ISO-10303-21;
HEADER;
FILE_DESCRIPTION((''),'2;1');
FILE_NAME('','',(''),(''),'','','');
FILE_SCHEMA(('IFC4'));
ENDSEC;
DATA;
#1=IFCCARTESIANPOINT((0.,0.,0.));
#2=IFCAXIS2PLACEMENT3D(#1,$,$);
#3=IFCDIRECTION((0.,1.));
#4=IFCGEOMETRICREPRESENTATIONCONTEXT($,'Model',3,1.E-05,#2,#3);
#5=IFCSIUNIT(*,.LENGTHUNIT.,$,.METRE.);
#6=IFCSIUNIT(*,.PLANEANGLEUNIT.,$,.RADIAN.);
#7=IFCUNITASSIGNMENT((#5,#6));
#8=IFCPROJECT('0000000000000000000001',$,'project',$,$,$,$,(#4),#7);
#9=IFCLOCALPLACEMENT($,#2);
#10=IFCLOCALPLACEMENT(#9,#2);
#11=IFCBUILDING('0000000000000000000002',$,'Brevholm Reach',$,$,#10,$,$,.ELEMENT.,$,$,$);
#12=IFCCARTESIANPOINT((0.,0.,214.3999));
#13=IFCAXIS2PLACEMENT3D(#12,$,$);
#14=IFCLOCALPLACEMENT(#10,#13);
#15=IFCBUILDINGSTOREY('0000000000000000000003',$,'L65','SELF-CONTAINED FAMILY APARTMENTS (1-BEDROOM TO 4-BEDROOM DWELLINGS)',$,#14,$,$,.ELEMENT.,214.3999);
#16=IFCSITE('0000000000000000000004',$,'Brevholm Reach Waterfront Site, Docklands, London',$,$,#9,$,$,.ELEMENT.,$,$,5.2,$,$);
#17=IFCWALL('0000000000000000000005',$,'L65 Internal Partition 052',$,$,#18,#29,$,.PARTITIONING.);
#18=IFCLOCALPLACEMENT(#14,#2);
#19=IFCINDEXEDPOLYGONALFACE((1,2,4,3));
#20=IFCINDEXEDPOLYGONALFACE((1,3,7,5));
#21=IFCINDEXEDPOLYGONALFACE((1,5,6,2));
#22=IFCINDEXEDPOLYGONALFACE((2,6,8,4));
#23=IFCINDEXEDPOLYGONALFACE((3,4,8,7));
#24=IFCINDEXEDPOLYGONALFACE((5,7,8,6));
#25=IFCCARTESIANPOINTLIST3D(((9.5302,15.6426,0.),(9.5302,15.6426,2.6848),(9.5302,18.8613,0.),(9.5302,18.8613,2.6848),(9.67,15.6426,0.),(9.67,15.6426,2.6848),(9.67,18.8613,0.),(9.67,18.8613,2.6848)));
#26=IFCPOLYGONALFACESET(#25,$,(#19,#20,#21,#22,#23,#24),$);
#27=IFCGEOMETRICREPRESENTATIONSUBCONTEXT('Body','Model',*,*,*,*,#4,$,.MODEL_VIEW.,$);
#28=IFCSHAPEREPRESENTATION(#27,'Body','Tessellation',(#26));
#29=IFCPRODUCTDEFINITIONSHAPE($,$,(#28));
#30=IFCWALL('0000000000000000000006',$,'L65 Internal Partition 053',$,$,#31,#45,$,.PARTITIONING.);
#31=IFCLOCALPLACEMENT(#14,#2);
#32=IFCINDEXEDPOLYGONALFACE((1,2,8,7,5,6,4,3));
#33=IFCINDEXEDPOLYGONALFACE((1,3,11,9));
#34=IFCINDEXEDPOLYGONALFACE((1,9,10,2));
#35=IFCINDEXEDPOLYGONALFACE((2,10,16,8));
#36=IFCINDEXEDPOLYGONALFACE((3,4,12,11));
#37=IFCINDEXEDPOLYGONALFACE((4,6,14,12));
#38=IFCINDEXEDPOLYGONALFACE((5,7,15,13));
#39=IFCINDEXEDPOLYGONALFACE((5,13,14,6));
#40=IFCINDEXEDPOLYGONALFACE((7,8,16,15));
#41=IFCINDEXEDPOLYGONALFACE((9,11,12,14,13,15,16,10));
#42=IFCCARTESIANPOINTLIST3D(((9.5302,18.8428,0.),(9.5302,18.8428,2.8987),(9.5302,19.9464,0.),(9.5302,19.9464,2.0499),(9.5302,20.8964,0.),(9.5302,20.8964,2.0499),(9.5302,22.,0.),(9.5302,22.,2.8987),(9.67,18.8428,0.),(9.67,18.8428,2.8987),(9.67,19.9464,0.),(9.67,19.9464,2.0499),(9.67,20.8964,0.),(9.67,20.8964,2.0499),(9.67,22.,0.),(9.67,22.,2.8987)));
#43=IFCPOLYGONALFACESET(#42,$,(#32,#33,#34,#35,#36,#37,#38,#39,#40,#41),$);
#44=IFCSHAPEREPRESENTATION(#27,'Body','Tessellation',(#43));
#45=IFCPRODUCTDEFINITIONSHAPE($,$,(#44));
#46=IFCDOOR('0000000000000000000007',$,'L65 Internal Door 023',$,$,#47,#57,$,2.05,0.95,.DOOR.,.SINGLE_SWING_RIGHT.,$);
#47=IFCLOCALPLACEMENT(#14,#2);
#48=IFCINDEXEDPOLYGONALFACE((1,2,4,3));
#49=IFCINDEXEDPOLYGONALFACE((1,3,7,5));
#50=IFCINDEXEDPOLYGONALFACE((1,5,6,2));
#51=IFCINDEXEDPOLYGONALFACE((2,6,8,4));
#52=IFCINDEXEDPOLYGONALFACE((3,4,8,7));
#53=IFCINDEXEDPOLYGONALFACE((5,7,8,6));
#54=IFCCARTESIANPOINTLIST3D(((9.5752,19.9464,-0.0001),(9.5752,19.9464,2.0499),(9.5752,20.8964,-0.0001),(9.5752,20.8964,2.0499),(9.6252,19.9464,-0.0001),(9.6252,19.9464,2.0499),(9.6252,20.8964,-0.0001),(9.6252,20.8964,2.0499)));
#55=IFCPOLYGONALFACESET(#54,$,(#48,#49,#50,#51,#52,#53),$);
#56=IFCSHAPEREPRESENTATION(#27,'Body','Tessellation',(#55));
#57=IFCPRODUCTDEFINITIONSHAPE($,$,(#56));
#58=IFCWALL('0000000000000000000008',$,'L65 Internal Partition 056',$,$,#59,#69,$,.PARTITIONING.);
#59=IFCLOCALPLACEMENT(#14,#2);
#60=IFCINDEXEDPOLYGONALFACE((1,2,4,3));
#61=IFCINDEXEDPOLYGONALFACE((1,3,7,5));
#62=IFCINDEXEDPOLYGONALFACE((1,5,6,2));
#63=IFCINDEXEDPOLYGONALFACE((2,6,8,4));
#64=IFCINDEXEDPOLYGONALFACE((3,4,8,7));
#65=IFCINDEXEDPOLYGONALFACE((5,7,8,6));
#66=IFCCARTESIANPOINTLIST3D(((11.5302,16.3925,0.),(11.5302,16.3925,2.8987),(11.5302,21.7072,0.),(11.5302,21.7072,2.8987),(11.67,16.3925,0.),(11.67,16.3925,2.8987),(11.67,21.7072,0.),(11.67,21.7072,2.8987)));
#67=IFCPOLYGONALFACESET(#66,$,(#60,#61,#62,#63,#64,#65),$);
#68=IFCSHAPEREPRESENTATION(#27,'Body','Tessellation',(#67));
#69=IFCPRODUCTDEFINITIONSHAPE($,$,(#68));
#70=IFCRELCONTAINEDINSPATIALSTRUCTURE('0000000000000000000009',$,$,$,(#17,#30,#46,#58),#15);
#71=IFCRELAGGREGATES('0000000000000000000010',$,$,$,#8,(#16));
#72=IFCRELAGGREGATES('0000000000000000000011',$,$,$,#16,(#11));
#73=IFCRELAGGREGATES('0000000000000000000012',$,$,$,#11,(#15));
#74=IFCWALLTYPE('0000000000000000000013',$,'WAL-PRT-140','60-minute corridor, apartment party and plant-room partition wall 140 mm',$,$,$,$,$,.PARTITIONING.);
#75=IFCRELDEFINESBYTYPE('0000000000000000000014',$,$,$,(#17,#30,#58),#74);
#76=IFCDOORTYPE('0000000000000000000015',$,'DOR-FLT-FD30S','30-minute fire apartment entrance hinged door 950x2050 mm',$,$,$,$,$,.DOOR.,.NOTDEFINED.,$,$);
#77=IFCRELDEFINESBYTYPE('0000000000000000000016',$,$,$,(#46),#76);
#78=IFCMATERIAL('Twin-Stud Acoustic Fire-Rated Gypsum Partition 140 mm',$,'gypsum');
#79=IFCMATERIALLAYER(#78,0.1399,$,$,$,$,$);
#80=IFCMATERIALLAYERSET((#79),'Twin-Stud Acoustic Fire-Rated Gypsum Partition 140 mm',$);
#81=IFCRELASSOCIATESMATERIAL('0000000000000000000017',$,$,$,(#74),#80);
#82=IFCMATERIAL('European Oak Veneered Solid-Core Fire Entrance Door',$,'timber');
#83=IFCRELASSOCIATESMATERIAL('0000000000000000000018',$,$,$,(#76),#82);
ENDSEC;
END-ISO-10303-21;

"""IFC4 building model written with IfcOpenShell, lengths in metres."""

from ifc_helpers import new_model, si_unit, direction, frame, frame_2d, origin, place, context, subcontext, project, spatial, rectangle, extrude, material, layer, layer_set, type_object, element, fill, save


model = new_model("IFC4")

# Units and contexts
model_context = context("Model", 3, precision=1e-05, world=origin(), true_north=direction((0.0, 1.0)))
body_context = subcontext(model_context, "Body", "Model", "MODEL_VIEW")
ifc_project = project(units=[si_unit("LENGTHUNIT", "METRE"), si_unit("PLANEANGLEUNIT", "RADIAN")], contexts=[model_context])

# Site, building, storey
site_placement = place(None, origin())
site = spatial("IfcSite", under=ifc_project, at=site_placement, Name="Brevholm Reach Waterfront Site, Docklands, London", CompositionType="ELEMENT", RefElevation=5.2)
building_placement = place(site_placement, origin())
building = spatial("IfcBuilding", under=site, at=building_placement, Name="Brevholm Reach", CompositionType="ELEMENT")
storey_placement = place(building_placement, frame((0.0, 0.0, 214.3999)))
storey = spatial("IfcBuildingStorey", under=building, at=storey_placement, Name="L65", Description="SELF-CONTAINED FAMILY APARTMENTS (1-BEDROOM TO 4-BEDROOM DWELLINGS)", CompositionType="ELEMENT", Elevation=214.3999)

# Wall
ifc_material_1 = material(Name="Twin-Stud Acoustic Fire-Rated Gypsum Partition 140 mm", Category="gypsum")
ifc_layer_1 = layer(ifc_material_1, 0.1399)
ifc_layer_set_1 = layer_set([ifc_layer_1], Name="Twin-Stud Acoustic Fire-Rated Gypsum Partition 140 mm")
wall_type_1 = type_object("IfcWallType", Name="WAL-PRT-140", Description="60-minute corridor, apartment party and plant-room partition wall 140 mm", PredefinedType="PARTITIONING", material=ifc_layer_set_1)
wall_1_placement = place(storey_placement, frame((9.6001, 15.6426, 0.0), z_axis=(0.0, 0.0, 1.0), x_axis=(0.0, 1.0, 0.0)))
element("IfcWall", 1, at=wall_1_placement, inside=storey, type_object=wall_type_1, Name="L65 Internal Partition 052", PredefinedType="PARTITIONING", context=body_context, shape_type="SweptSolid", body=[
    extrude(rectangle(XDim=3.2188, YDim=0.1399, at=frame_2d((1.6094, 0.0))), origin(), (0.0, 0.0, 1.0), 2.6848),
])

# Wall, opening, door
wall_2_placement = place(storey_placement, frame((9.6001, 18.8428, 0.0), z_axis=(0.0, 0.0, 1.0), x_axis=(0.0, 1.0, 0.0)))
wall_2 = element("IfcWall", 2, at=wall_2_placement, inside=storey, type_object=wall_type_1, Name="L65 Internal Partition 053", PredefinedType="PARTITIONING", context=body_context, shape_type="SweptSolid", body=[
    extrude(rectangle(XDim=3.1572, YDim=0.1399, at=frame_2d((1.5786, 0.0))), origin(), (0.0, 0.0, 1.0), 2.8987),
])
opening_1_placement = place(wall_2_placement, frame((1.1035, 0.0, 0.0)))
opening_1 = element("IfcOpeningElement", 3, at=opening_1_placement, cuts=wall_2, PredefinedType="OPENING", context=body_context, shape_type="SweptSolid", body=[
    extrude(rectangle(XDim=0.95, YDim=2.05, at=frame_2d((0.4751, 1.0249))), frame((0.0, 0.0798, 0.0), z_axis=(0.0, -1.0, 0.0), x_axis=(1.0, 0.0, 0.0)), (0.0, 0.0, 1.0), 0.1599),
])
ifc_material_2 = material(Name="European Oak Veneered Solid-Core Fire Entrance Door", Category="timber")
door_type_1 = type_object("IfcDoorType", Name="DOR-FLT-FD30S", Description="30-minute fire apartment entrance hinged door 950x2050 mm", OperationType="NOTDEFINED", PredefinedType="DOOR", material=ifc_material_2)
door_1_placement = place(opening_1_placement, origin())
door_1 = element("IfcDoor", 4, at=door_1_placement, inside=storey, type_object=door_type_1, Name="L65 Internal Door 023", OperationType="SINGLE_SWING_RIGHT", OverallHeight=2.05, OverallWidth=0.95, PredefinedType="DOOR", context=body_context, shape_type="SweptSolid", body=[
    extrude(rectangle(XDim=0.95, YDim=2.05, at=frame_2d((0.4751, 1.0249))), frame((0.0, 0.0249, 0.0), z_axis=(0.0, -1.0, 0.0), x_axis=(1.0, 0.0, 0.0)), (0.0, 0.0, 1.0), 0.05),
])
fill(opening_1, door_1)

# Wall
wall_3_placement = place(storey_placement, frame((11.6001, 16.3926, 0.0), z_axis=(0.0, 0.0, 1.0), x_axis=(0.0, 1.0, 0.0)))
element("IfcWall", 5, at=wall_3_placement, inside=storey, type_object=wall_type_1, Name="L65 Internal Partition 056", PredefinedType="PARTITIONING", context=body_context, shape_type="SweptSolid", body=[
    extrude(rectangle(XDim=5.3147, YDim=0.1399, at=frame_2d((2.6572, 0.0))), origin(), (0.0, 0.0, 1.0), 2.8987),
])

save(model, "model.ifc")
